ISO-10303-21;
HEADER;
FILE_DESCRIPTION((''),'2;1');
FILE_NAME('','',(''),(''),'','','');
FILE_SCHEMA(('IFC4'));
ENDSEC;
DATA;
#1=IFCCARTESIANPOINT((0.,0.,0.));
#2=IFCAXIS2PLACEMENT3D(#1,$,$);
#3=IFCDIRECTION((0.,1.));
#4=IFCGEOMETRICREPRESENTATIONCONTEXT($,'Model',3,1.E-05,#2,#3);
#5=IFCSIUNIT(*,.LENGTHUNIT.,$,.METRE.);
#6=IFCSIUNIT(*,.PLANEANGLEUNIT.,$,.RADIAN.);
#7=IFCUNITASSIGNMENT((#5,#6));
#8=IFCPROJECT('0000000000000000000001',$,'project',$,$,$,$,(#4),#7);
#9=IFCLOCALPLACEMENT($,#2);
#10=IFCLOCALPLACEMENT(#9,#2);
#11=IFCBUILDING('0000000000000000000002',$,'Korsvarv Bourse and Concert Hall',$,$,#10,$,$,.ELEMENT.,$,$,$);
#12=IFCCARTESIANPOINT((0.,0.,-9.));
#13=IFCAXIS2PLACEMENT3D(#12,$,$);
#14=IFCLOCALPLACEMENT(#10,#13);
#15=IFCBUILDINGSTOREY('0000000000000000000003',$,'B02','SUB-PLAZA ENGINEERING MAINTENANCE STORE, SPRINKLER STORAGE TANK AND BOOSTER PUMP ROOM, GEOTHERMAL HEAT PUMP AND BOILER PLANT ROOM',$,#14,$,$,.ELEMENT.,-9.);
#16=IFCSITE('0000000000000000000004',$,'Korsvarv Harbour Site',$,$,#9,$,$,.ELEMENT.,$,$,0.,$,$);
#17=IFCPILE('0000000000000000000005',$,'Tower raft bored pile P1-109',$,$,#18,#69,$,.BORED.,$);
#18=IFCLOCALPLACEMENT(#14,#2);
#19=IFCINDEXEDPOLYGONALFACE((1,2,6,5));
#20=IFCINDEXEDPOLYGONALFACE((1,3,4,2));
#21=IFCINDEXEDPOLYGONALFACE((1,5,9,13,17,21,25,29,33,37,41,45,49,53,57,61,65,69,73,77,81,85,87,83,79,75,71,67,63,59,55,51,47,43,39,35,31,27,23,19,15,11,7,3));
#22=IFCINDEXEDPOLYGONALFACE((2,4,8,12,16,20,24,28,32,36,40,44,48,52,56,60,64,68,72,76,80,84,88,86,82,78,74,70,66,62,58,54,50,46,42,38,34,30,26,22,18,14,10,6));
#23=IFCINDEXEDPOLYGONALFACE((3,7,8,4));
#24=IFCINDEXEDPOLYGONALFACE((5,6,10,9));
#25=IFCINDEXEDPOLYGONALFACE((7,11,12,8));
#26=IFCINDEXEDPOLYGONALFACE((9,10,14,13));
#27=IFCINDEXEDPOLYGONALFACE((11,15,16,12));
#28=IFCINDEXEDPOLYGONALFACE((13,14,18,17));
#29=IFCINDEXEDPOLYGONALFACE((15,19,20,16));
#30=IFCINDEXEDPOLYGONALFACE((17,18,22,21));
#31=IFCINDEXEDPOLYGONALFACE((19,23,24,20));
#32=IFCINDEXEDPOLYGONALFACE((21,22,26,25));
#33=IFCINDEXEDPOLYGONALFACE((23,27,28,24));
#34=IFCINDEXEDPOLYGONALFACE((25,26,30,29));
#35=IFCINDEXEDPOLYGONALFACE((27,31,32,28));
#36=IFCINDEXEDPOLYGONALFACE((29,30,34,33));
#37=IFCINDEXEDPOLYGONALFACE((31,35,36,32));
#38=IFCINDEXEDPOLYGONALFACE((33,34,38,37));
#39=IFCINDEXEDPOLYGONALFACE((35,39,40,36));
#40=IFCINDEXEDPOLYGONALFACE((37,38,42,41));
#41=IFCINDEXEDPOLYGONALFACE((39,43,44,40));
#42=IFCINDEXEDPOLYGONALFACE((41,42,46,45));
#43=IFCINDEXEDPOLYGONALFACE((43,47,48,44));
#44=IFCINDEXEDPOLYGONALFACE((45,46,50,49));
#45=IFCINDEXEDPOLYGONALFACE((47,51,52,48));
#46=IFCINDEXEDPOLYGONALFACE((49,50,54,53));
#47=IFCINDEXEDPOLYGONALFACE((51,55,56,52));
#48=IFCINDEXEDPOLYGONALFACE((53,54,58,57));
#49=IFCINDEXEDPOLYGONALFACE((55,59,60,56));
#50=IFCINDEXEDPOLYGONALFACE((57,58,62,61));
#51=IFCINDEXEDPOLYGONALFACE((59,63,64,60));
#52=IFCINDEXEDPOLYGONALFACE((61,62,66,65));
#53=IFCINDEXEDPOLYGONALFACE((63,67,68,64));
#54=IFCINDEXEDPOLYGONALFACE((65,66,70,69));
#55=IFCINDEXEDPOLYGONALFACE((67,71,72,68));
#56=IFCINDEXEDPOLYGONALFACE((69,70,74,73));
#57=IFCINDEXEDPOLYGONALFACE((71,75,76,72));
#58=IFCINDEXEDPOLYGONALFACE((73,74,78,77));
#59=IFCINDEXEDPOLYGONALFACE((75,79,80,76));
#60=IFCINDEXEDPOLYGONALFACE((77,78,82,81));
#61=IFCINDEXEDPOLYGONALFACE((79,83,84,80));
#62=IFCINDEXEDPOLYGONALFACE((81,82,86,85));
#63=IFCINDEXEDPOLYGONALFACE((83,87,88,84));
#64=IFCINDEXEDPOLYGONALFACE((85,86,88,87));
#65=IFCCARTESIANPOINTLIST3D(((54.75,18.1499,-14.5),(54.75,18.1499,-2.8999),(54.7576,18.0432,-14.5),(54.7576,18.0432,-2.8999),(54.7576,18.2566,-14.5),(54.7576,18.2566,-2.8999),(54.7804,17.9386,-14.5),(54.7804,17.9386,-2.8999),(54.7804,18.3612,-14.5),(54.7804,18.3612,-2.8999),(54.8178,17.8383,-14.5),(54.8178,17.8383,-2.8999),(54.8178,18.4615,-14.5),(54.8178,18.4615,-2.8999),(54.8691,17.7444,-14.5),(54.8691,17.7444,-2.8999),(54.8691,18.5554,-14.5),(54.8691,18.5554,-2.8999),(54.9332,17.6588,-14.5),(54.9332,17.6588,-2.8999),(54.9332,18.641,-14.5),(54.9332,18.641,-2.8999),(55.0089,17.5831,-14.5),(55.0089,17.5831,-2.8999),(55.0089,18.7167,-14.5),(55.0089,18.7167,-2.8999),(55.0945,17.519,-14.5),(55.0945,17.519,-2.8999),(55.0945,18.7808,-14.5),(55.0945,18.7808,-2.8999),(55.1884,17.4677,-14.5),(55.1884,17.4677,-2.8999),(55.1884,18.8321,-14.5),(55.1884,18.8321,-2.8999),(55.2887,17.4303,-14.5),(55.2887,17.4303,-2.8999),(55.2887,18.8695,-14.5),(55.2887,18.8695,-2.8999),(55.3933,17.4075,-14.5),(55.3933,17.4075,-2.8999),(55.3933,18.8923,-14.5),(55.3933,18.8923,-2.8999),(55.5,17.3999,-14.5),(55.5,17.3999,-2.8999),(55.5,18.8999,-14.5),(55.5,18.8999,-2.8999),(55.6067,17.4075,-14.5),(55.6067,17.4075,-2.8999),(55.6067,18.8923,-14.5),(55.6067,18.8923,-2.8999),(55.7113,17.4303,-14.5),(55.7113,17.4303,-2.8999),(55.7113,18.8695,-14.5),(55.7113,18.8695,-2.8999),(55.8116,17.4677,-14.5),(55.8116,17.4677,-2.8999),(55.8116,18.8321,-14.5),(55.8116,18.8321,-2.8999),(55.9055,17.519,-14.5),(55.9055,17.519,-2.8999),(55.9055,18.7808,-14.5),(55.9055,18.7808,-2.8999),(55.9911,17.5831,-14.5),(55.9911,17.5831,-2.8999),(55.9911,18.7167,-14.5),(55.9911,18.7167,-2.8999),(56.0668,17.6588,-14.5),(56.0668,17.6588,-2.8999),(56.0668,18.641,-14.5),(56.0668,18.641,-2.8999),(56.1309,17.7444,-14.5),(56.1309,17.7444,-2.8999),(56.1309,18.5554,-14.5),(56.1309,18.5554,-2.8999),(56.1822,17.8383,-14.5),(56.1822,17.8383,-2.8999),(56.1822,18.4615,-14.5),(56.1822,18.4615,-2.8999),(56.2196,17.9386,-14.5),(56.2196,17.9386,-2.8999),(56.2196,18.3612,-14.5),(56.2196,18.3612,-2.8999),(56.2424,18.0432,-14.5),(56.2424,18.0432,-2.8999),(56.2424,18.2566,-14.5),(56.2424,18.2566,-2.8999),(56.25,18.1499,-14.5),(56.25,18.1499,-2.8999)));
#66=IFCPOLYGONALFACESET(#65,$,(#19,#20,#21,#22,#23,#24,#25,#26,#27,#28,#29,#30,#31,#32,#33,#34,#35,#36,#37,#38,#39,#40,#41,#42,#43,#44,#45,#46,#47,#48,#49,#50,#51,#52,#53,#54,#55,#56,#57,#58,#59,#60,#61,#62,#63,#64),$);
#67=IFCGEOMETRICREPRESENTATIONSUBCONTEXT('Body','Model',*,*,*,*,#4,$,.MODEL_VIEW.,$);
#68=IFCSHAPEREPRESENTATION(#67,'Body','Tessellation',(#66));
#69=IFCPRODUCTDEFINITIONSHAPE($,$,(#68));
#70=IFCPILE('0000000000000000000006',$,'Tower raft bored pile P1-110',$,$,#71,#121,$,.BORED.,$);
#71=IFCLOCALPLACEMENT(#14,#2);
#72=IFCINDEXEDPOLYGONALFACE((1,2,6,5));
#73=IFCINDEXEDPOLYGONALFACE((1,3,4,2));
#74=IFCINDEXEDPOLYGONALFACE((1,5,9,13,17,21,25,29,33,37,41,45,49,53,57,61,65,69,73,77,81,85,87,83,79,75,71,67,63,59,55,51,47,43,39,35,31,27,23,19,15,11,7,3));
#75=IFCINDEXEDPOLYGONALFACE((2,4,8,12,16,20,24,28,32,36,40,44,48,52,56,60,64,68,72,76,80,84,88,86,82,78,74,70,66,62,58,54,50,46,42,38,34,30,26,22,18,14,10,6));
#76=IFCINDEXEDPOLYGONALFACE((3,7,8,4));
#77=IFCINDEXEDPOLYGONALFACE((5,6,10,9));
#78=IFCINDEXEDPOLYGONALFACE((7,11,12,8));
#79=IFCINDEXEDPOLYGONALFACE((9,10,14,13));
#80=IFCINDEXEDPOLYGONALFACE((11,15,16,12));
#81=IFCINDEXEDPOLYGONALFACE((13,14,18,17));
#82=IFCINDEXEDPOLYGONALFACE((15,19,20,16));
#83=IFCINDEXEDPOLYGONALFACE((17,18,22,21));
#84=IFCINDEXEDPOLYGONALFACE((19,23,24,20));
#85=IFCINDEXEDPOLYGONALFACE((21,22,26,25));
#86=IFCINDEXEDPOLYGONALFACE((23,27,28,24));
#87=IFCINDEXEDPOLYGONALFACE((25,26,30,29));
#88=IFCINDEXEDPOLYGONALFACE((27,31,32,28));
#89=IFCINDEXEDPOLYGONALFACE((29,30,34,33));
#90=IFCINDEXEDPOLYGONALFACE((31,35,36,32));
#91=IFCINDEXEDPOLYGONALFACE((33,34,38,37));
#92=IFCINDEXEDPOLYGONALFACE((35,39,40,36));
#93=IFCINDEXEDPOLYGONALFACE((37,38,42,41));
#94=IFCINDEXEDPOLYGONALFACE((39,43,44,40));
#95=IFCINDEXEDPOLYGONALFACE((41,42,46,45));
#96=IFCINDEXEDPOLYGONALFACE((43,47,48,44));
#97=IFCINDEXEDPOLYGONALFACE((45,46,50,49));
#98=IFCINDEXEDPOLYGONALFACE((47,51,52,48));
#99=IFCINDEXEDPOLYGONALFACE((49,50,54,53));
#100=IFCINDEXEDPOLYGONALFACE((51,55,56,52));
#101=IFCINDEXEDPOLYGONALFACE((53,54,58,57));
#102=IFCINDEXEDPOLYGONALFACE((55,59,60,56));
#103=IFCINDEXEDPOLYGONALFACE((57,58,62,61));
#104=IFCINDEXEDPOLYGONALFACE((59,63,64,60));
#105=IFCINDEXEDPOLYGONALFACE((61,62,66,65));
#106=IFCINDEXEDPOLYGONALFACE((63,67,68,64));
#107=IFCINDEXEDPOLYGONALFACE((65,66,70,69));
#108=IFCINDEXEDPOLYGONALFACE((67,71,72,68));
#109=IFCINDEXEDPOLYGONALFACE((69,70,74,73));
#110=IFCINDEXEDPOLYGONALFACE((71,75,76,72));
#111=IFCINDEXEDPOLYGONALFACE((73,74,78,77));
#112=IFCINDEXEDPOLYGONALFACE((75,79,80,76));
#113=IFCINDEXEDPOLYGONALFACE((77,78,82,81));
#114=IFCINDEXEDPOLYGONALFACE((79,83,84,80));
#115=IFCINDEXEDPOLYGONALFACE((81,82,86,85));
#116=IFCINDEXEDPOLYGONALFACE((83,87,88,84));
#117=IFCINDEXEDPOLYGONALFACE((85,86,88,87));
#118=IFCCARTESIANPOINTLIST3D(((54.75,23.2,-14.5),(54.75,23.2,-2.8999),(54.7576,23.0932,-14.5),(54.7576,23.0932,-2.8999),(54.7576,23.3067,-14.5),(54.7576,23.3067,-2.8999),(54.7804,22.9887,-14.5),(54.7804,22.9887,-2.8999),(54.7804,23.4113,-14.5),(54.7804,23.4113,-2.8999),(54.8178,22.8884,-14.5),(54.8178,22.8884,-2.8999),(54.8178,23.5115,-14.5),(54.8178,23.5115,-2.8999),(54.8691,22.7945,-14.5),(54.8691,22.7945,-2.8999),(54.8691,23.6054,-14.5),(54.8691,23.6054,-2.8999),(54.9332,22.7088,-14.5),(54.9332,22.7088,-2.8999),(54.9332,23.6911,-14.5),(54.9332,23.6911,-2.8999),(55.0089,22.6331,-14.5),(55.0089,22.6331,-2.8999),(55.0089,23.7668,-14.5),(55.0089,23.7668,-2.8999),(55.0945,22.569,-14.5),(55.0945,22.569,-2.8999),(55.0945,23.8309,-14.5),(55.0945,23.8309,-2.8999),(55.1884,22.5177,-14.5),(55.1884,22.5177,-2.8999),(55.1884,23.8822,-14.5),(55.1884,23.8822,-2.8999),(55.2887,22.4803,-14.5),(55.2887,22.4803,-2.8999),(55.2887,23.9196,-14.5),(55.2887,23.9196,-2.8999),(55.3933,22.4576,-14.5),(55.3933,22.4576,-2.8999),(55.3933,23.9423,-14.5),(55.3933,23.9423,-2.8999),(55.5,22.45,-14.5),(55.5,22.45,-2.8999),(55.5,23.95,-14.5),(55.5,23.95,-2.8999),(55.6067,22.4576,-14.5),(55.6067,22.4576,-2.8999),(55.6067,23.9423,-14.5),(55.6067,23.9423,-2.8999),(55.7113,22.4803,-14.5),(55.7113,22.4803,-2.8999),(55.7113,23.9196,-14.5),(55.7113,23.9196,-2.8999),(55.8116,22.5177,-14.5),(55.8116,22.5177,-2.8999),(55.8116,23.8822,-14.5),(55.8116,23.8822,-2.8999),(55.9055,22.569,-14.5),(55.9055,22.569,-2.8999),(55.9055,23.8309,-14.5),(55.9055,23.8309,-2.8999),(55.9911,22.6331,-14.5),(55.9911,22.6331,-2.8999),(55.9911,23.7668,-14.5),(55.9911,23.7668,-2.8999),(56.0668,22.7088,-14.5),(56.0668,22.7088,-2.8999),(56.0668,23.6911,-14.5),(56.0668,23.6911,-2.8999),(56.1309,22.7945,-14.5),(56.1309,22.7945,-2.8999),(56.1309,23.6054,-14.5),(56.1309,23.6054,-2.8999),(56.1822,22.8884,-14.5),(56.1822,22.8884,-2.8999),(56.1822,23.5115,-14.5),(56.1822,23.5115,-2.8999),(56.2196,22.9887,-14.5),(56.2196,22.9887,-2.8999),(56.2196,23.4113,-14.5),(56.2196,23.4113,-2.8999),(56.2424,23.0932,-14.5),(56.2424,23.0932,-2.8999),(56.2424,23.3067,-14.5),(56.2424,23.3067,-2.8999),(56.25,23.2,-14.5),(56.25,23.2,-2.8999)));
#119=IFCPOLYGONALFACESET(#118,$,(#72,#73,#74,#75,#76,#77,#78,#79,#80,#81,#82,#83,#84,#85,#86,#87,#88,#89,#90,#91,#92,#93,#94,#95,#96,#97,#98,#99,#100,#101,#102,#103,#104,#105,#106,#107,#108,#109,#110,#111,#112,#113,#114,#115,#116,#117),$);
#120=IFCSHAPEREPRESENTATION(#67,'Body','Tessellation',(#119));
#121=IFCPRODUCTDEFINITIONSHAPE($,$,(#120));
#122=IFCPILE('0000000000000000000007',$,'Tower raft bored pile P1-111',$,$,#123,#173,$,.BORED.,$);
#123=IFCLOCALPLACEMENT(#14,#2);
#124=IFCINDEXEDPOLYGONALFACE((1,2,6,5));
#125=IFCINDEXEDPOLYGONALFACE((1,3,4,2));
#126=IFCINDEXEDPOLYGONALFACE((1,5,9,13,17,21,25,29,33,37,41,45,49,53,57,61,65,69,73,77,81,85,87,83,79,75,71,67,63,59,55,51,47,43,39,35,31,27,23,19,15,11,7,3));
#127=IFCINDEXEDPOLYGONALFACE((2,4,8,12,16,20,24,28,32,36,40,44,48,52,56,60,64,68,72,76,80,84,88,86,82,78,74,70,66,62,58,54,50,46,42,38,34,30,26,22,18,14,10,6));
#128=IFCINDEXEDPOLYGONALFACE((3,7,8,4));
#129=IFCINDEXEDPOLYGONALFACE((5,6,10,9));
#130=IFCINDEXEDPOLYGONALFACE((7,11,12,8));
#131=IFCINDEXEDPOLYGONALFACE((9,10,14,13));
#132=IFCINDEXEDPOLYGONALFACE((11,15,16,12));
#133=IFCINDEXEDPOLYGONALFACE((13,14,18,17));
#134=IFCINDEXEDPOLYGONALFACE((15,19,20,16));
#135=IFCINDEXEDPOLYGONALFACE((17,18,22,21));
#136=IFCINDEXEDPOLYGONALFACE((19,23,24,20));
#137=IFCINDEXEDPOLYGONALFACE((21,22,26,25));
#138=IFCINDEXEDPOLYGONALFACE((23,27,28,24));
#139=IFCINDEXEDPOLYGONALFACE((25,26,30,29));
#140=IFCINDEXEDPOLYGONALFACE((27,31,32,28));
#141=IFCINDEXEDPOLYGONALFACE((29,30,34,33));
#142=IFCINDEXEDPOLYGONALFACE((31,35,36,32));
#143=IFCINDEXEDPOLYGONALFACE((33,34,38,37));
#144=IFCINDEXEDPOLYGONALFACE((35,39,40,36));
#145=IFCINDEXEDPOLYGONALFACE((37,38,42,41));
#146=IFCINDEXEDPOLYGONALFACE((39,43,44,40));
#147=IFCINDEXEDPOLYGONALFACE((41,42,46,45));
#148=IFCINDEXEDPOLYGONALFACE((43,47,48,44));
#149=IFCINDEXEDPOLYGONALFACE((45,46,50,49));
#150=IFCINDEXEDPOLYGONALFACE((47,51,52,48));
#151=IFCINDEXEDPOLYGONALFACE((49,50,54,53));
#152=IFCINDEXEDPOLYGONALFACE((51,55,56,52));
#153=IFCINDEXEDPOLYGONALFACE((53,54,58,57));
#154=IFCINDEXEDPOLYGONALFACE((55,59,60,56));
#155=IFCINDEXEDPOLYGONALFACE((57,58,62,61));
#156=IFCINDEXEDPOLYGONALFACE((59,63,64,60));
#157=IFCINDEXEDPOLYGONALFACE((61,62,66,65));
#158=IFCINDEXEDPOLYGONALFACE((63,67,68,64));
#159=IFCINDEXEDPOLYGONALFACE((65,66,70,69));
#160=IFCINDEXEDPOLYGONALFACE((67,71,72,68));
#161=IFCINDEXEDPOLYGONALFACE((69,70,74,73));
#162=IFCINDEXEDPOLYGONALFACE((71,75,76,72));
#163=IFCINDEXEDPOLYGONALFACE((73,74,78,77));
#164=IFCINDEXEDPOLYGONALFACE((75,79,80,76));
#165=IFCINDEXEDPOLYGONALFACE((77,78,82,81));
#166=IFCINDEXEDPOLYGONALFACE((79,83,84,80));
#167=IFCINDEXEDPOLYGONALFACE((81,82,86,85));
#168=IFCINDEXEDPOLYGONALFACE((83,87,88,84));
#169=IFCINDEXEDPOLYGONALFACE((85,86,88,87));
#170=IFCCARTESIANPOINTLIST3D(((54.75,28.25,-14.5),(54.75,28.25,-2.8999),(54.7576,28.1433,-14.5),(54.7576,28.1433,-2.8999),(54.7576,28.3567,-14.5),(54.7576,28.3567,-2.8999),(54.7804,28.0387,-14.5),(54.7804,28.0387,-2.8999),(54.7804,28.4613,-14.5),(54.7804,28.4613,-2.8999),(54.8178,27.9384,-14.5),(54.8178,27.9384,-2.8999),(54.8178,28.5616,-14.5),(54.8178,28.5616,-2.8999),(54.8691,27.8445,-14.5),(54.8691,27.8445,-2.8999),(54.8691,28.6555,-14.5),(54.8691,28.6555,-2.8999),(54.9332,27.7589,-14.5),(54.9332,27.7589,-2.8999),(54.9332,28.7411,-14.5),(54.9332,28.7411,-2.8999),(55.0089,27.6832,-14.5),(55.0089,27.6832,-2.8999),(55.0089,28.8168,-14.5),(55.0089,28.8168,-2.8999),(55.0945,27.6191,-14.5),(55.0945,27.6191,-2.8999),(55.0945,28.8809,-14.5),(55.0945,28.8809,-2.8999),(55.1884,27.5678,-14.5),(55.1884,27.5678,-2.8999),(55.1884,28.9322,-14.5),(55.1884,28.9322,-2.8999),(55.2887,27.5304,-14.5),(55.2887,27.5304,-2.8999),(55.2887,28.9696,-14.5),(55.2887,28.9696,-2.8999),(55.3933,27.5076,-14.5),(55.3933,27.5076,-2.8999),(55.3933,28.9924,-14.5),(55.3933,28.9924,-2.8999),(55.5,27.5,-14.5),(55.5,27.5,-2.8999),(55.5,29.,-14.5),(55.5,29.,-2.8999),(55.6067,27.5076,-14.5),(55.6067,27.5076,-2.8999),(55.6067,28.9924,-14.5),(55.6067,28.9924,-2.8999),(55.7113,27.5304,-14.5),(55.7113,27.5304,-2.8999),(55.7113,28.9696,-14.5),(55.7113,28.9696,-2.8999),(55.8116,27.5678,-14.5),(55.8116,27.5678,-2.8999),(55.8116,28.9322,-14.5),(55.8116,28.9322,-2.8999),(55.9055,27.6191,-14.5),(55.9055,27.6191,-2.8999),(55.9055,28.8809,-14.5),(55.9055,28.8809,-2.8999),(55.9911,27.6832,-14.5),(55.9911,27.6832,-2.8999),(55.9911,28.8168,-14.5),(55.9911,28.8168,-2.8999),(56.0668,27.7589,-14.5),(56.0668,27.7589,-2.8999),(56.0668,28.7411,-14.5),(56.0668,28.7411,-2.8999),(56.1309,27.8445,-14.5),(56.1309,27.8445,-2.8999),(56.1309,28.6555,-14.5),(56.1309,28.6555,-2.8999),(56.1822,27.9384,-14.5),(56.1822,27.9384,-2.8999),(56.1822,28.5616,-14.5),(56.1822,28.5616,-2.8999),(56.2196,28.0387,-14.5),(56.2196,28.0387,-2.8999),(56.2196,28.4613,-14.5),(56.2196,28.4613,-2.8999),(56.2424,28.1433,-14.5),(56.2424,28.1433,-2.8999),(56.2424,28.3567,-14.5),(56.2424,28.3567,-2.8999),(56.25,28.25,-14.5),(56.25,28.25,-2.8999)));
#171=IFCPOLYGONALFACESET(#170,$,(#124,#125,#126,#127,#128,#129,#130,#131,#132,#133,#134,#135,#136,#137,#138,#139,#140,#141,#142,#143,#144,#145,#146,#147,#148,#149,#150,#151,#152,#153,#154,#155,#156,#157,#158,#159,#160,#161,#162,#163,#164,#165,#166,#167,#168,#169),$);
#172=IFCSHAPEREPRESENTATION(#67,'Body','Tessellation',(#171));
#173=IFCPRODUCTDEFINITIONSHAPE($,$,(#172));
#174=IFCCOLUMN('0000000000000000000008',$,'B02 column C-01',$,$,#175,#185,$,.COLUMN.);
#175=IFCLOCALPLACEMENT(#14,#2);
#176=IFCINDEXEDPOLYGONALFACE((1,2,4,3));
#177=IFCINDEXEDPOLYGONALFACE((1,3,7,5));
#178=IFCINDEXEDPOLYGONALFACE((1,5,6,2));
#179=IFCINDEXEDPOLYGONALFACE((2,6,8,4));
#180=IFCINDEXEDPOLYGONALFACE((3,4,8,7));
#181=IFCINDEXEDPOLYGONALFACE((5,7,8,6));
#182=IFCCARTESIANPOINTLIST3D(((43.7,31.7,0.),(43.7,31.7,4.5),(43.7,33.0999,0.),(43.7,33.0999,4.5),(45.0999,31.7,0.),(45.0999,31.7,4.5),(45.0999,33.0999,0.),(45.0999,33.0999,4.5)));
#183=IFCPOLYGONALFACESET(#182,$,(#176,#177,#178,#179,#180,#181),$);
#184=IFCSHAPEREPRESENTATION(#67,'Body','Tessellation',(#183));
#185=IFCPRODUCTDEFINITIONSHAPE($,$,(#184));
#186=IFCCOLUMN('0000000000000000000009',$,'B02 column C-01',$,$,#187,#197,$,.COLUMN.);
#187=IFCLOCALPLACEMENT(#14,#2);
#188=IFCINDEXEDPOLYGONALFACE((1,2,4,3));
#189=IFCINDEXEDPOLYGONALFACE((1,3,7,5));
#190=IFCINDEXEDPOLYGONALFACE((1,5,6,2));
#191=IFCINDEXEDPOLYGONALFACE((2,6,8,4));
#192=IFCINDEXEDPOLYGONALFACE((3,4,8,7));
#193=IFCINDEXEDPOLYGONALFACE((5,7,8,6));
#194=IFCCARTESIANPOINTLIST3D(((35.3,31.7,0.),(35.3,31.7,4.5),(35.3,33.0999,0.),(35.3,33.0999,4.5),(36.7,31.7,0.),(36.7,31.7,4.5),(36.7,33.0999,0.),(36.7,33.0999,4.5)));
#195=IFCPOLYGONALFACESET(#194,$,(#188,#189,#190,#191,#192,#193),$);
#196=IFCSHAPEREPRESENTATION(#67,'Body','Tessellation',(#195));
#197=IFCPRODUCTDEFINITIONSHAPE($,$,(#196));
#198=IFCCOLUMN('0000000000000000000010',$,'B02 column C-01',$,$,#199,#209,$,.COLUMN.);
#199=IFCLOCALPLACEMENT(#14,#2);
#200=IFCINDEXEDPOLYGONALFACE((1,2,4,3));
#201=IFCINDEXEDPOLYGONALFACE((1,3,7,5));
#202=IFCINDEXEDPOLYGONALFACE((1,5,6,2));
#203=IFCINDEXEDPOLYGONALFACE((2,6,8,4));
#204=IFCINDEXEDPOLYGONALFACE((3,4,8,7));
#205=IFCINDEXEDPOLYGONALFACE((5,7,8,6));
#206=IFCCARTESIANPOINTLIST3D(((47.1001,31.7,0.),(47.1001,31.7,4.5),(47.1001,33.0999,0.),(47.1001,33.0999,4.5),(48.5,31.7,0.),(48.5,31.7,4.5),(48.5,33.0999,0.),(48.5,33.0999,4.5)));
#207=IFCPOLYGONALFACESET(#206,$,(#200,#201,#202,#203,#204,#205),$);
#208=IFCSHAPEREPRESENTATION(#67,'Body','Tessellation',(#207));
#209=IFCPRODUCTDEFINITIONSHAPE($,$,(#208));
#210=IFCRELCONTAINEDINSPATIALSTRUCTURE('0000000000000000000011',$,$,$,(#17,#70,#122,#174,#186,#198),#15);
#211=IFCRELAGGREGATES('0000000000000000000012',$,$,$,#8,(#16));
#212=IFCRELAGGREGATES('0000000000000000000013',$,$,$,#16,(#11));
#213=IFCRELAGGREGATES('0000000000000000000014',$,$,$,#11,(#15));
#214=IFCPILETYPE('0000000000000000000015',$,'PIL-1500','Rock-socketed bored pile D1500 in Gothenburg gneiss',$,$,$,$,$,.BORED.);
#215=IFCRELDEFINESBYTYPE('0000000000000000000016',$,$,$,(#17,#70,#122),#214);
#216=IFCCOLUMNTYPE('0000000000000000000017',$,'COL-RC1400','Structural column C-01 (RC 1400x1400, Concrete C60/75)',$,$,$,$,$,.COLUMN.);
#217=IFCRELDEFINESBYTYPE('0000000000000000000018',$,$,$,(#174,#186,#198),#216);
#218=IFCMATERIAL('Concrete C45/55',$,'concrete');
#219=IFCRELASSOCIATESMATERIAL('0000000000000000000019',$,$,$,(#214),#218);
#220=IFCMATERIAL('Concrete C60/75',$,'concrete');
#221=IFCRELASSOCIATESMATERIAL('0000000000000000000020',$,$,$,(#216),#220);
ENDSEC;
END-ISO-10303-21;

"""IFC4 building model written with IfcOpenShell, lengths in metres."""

from ifc_helpers import new_model, si_unit, direction, frame, origin, origin_2d, place, context, subcontext, project, spatial, rectangle, circle, extrude, source, transform, mapped, material, material_profile, profile_set, type_object, element, save


model = new_model("IFC4")

# Units and contexts
model_context = context("Model", 3, precision=1e-05, world=origin(), true_north=direction((0.0, 1.0)))
body_context = subcontext(model_context, "Body", "Model", "MODEL_VIEW")
ifc_project = project(units=[si_unit("LENGTHUNIT", "METRE"), si_unit("PLANEANGLEUNIT", "RADIAN")], contexts=[model_context])

# Site, building, storey
site_placement = place(None, origin())
site = spatial("IfcSite", under=ifc_project, at=site_placement, Name="Korsvarv Harbour Site", CompositionType="ELEMENT", RefElevation=0.0)
building_placement = place(site_placement, origin())
building = spatial("IfcBuilding", under=site, at=building_placement, Name="Korsvarv Bourse and Concert Hall", CompositionType="ELEMENT")
storey_placement = place(building_placement, frame((0.0, 0.0, -9.0)))
storey = spatial("IfcBuildingStorey", under=building, at=storey_placement, Name="B02", Description="SUB-PLAZA ENGINEERING MAINTENANCE STORE, SPRINKLER STORAGE TANK AND BOOSTER PUMP ROOM, GEOTHERMAL HEAT PUMP AND BOILER PLANT ROOM", CompositionType="ELEMENT", Elevation=-9.0)

# Piles
ifc_material_1 = material(Name="Concrete C45/55", Category="concrete")
ifc_material_profile_1 = material_profile(ifc_material_1, circle(Radius=0.75, at=origin_2d()), Name="PILE D1500")
ifc_profile_set_1 = profile_set([ifc_material_profile_1], Name="Concrete C45/55")
pile_type = type_object("IfcPileType", Name="PIL-1500", Description="Rock-socketed bored pile D1500 in Gothenburg gneiss", PredefinedType="BORED", material=ifc_profile_set_1)
shared_shape_1 = source(origin(), body_context, "Body", "SweptSolid", [
    extrude(circle(Radius=0.75, at=origin_2d()), origin(), (0.0, 0.0, 1.0), 11.6001),
])
for number, where, z_axis, x_axis, name in (
    (1, (55.5, 18.1499, -2.8999), (0.0, 0.0, -1.0), (1.0, 0.0, 0.0), "Tower raft bored pile P1-109"),
    (2, (55.5, 23.2, -2.8999), (0.0, 0.0, -1.0), (1.0, 0.0, 0.0), "Tower raft bored pile P1-110"),
    (3, (55.5, 28.25, -2.8999), (0.0, 0.0, -1.0), (1.0, 0.0, 0.0), "Tower raft bored pile P1-111"),
):
    element("IfcPile", number, at=place(storey_placement, frame(where, z_axis=z_axis, x_axis=x_axis)), inside=storey, type_object=pile_type, Name=name, PredefinedType="BORED", context=body_context, shape_type="MappedRepresentation", body=[
        mapped(shared_shape_1, transform((0.0, 0.0, 0.0), scale=1.0)),
    ])

# Columns
ifc_material_2 = material(Name="Concrete C60/75", Category="concrete")
ifc_material_profile_2 = material_profile(ifc_material_2, rectangle(XDim=1.3999, YDim=1.3999, at=origin_2d()), Name="RC 1400x1400")
ifc_profile_set_2 = profile_set([ifc_material_profile_2], Name="Concrete C60/75")
column_type_1 = type_object("IfcColumnType", Name="COL-RC1400", Description="Structural column C-01 (RC 1400x1400, Concrete C60/75)", PredefinedType="COLUMN", material=ifc_profile_set_2)
shared_shape_2 = source(origin(), body_context, "Body", "SweptSolid", [
    extrude(rectangle(XDim=1.3999, YDim=1.3999, at=origin_2d()), origin(), (0.0, 0.0, 1.0), 4.5),
])
for number, where, z_axis, x_axis, name in (
    (4, (44.3999, 32.3999, 0.0), (0.0, 0.0, 1.0), (1.0, 0.0, 0.0), "B02 column C-01"),
    (5, (36.0, 32.3999, 0.0), (0.0, 0.0, 1.0), (1.0, 0.0, 0.0), "B02 column C-01"),
    (6, (47.8, 32.3999, 0.0), (0.0, 0.0, 1.0), (1.0, 0.0, 0.0), "B02 column C-01"),
):
    element("IfcColumn", number, at=place(storey_placement, frame(where, z_axis=z_axis, x_axis=x_axis)), inside=storey, type_object=column_type_1, Name=name, PredefinedType="COLUMN", context=body_context, shape_type="MappedRepresentation", body=[
        mapped(shared_shape_2, transform((0.0, 0.0, 0.0), scale=1.0)),
    ])

save(model, "model.ifc")
